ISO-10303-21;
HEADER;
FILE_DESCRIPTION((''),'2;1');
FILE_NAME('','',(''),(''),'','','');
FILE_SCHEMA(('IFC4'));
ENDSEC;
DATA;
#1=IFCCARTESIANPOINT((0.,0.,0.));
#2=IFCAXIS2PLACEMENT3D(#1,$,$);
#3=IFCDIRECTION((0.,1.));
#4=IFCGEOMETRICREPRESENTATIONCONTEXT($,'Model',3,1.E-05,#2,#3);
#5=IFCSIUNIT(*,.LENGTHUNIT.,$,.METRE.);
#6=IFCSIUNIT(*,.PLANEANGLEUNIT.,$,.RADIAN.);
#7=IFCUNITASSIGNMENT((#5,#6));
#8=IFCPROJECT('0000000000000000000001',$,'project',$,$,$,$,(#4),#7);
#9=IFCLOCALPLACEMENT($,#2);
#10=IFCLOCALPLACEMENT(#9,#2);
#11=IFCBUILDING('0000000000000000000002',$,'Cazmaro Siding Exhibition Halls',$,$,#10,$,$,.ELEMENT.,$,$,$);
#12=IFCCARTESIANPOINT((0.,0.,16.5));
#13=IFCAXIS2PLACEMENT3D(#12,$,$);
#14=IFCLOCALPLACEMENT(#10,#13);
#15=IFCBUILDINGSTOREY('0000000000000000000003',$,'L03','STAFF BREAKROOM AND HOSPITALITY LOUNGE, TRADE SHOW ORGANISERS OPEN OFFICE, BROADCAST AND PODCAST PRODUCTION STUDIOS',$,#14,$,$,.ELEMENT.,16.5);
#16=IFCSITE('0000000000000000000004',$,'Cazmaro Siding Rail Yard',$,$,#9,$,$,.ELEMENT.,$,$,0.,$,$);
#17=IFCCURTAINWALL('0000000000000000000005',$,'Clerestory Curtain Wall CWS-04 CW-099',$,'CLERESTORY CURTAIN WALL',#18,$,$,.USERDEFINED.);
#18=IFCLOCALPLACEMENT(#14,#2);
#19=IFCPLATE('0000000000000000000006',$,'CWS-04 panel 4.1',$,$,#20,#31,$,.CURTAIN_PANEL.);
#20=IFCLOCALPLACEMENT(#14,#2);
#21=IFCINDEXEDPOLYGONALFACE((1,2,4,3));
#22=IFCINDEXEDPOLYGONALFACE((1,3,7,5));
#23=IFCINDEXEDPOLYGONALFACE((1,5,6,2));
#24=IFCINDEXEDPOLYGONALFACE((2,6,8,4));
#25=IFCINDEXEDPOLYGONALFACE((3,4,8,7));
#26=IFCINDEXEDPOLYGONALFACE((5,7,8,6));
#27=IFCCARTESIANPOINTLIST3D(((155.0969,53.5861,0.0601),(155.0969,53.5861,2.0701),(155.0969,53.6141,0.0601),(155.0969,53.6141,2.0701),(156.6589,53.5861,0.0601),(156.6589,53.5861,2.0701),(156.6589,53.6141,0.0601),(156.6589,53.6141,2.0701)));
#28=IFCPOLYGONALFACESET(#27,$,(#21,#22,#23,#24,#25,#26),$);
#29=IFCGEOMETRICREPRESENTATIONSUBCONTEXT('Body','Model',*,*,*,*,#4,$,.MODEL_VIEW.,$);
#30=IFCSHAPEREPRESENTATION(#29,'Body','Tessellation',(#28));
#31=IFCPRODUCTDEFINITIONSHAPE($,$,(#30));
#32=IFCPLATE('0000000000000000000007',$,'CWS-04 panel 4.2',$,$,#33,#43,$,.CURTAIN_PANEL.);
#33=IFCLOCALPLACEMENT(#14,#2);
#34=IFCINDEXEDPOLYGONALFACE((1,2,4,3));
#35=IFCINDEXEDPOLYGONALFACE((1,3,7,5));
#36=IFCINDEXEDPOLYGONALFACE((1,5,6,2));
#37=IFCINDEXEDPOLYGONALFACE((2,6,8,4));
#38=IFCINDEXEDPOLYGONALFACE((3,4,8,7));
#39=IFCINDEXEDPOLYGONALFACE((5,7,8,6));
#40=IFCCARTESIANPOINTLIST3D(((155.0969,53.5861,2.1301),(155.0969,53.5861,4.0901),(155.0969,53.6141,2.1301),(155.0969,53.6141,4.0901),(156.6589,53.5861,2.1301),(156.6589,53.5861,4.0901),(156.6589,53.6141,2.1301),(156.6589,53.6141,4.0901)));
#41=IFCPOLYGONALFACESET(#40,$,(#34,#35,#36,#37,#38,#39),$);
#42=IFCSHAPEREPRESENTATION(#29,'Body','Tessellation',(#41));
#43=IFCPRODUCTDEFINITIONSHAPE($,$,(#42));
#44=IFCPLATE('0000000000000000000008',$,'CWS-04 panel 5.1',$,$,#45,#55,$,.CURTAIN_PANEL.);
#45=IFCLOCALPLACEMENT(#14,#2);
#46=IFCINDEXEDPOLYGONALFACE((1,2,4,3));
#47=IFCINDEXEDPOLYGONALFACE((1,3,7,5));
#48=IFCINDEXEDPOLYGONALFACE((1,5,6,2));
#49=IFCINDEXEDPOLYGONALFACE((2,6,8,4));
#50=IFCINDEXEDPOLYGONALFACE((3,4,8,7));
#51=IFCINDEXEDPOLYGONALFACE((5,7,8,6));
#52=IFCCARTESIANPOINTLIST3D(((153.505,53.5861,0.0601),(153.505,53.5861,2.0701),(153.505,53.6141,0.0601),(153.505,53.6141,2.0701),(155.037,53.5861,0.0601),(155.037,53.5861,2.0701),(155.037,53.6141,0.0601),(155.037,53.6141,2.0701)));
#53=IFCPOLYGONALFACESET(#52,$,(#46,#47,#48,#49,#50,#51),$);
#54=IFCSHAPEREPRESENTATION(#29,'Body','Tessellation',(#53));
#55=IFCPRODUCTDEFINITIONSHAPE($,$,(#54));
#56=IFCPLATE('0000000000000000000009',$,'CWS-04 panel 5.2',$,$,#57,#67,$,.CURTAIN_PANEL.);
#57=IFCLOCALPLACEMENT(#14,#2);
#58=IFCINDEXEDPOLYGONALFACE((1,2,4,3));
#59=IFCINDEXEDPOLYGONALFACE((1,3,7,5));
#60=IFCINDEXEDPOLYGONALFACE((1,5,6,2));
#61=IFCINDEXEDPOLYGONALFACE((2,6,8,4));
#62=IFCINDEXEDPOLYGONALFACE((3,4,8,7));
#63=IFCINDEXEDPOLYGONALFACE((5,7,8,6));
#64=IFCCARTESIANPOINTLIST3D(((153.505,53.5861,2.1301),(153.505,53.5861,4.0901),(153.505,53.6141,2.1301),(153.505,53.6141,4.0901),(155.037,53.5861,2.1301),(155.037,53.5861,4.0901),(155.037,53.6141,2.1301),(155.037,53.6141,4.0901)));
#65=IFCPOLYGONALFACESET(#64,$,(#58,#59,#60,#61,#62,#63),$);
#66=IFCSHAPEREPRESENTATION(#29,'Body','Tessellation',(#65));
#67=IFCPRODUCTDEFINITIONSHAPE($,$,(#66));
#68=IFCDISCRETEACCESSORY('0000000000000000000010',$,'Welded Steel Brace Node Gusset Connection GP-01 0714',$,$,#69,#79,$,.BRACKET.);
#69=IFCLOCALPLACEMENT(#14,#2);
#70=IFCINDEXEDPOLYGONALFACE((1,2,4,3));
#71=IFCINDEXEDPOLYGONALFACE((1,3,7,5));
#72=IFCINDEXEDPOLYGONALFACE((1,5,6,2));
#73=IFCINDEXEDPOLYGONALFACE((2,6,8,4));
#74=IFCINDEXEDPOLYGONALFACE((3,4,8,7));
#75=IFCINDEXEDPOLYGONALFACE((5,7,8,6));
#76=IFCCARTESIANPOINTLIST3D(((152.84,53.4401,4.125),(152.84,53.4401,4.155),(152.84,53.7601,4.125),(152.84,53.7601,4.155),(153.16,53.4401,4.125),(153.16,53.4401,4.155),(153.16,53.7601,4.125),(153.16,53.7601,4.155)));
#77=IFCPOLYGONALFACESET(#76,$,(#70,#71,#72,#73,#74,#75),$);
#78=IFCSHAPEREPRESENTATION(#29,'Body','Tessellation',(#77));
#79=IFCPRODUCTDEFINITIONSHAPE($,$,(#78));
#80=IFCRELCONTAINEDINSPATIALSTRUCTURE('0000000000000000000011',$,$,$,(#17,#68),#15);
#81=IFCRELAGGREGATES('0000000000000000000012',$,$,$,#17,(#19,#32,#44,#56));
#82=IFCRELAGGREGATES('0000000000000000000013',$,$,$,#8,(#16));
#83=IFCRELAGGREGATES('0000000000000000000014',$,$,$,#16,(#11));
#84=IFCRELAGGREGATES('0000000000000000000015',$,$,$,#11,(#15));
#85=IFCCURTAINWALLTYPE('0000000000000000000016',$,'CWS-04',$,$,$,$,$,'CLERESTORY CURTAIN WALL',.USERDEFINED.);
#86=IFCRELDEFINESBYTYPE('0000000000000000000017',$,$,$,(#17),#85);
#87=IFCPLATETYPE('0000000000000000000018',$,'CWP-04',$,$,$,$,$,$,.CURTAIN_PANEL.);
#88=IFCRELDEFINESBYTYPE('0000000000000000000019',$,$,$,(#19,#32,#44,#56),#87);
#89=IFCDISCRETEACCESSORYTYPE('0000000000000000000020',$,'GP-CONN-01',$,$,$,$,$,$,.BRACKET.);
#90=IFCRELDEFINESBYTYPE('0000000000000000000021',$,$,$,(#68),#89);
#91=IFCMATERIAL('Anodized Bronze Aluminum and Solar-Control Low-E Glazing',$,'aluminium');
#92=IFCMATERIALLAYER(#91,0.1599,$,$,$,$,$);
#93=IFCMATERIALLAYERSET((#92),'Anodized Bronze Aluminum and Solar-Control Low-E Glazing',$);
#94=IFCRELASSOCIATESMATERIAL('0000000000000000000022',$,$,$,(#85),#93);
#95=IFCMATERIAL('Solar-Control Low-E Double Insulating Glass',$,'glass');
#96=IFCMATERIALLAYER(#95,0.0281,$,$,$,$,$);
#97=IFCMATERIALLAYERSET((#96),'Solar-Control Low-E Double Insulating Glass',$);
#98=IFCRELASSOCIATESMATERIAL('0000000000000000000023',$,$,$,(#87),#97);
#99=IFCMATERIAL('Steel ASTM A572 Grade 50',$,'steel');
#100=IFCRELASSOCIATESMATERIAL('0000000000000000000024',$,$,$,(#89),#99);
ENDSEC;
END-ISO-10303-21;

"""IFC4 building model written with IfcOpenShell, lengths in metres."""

from ifc_helpers import new_model, si_unit, direction, frame, origin, origin_2d, place, context, subcontext, project, spatial, rectangle, extrude, material, layer, layer_set, type_object, element, aggregate, save


model = new_model("IFC4")

# Units and contexts
model_context = context("Model", 3, precision=1e-05, world=origin(), true_north=direction((0.0, 1.0)))
body_context = subcontext(model_context, "Body", "Model", "MODEL_VIEW")
ifc_project = project(units=[si_unit("LENGTHUNIT", "METRE"), si_unit("PLANEANGLEUNIT", "RADIAN")], contexts=[model_context])

# Site, building, storey
site_placement = place(None, origin())
site = spatial("IfcSite", under=ifc_project, at=site_placement, Name="Cazmaro Siding Rail Yard", CompositionType="ELEMENT", RefElevation=0.0)
building_placement = place(site_placement, origin())
building = spatial("IfcBuilding", under=site, at=building_placement, Name="Cazmaro Siding Exhibition Halls", CompositionType="ELEMENT")
storey_placement = place(building_placement, frame((0.0, 0.0, 16.5)))
storey = spatial("IfcBuildingStorey", under=building, at=storey_placement, Name="L03", Description="STAFF BREAKROOM AND HOSPITALITY LOUNGE, TRADE SHOW ORGANISERS OPEN OFFICE, BROADCAST AND PODCAST PRODUCTION STUDIOS", CompositionType="ELEMENT", Elevation=16.5)

# Curtain wall
ifc_material_1 = material(Name="Anodized Bronze Aluminum and Solar-Control Low-E Glazing", Category="aluminium")
ifc_layer_1 = layer(ifc_material_1, 0.1599)
ifc_layer_set_1 = layer_set([ifc_layer_1], Name="Anodized Bronze Aluminum and Solar-Control Low-E Glazing")
curtain_wall_type = type_object("IfcCurtainWallType", Name="CWS-04", ElementType="CLERESTORY CURTAIN WALL", PredefinedType="USERDEFINED", material=ifc_layer_set_1)
curtain_wall_placement = place(storey_placement, origin())
curtain_wall = element("IfcCurtainWall", 1, at=curtain_wall_placement, inside=storey, type_object=curtain_wall_type, Name="Clerestory Curtain Wall CWS-04 CW-099", ObjectType="CLERESTORY CURTAIN WALL", PredefinedType="USERDEFINED")

# Plates
ifc_material_2 = material(Name="Solar-Control Low-E Double Insulating Glass", Category="glass")
ifc_layer_2 = layer(ifc_material_2, 0.0281)
ifc_layer_set_2 = layer_set([ifc_layer_2], Name="Solar-Control Low-E Double Insulating Glass")
plate_type = type_object("IfcPlateType", Name="CWP-04", PredefinedType="CURTAIN_PANEL", material=ifc_layer_set_2)
plate_1_placement = place(storey_placement, frame((155.8779, 53.6001, 0.0601), z_axis=(0.0, 0.0, 1.0), x_axis=(-1.0, 0.0, 0.0)))
plate_1 = element("IfcPlate", 2, at=plate_1_placement, type_object=plate_type, Name="CWS-04 panel 4.1", PredefinedType="CURTAIN_PANEL", context=body_context, shape_type="SweptSolid", body=[
    extrude(rectangle(XDim=1.562, YDim=0.0281, at=origin_2d()), origin(), (0.0, 0.0, 1.0), 2.01),
])
plate_2_placement = place(storey_placement, frame((155.8779, 53.6001, 2.1301), z_axis=(0.0, 0.0, 1.0), x_axis=(-1.0, 0.0, 0.0)))
plate_2 = element("IfcPlate", 3, at=plate_2_placement, type_object=plate_type, Name="CWS-04 panel 4.2", PredefinedType="CURTAIN_PANEL", context=body_context, shape_type="SweptSolid", body=[
    extrude(rectangle(XDim=1.562, YDim=0.0281, at=origin_2d()), origin(), (0.0, 0.0, 1.0), 1.96),
])
plate_3_placement = place(storey_placement, frame((154.271, 53.6001, 0.0601), z_axis=(0.0, 0.0, 1.0), x_axis=(-1.0, 0.0, 0.0)))
plate_3 = element("IfcPlate", 4, at=plate_3_placement, type_object=plate_type, Name="CWS-04 panel 5.1", PredefinedType="CURTAIN_PANEL", context=body_context, shape_type="SweptSolid", body=[
    extrude(rectangle(XDim=1.532, YDim=0.0281, at=origin_2d()), origin(), (0.0, 0.0, 1.0), 2.01),
])
plate_4_placement = place(storey_placement, frame((154.271, 53.6001, 2.1301), z_axis=(0.0, 0.0, 1.0), x_axis=(-1.0, 0.0, 0.0)))
plate_4 = element("IfcPlate", 5, at=plate_4_placement, type_object=plate_type, Name="CWS-04 panel 5.2", PredefinedType="CURTAIN_PANEL", context=body_context, shape_type="SweptSolid", body=[
    extrude(rectangle(XDim=1.532, YDim=0.0281, at=origin_2d()), origin(), (0.0, 0.0, 1.0), 1.96),
])
aggregate(curtain_wall, [plate_1, plate_2, plate_3, plate_4])

# Discrete accessory
ifc_material_3 = material(Name="Steel ASTM A572 Grade 50", Category="steel")
discrete_accessory_type = type_object("IfcDiscreteAccessoryType", Name="GP-CONN-01", PredefinedType="BRACKET", material=ifc_material_3)
discrete_accessory_placement = place(storey_placement, frame((153.0, 53.6001, 4.125), z_axis=(0.0, 0.0, 1.0), x_axis=(1.0, 0.0, 0.0)))
element("IfcDiscreteAccessory", 6, at=discrete_accessory_placement, inside=storey, type_object=discrete_accessory_type, Name="Welded Steel Brace Node Gusset Connection GP-01 0714", PredefinedType="BRACKET", context=body_context, shape_type="SweptSolid", body=[
    extrude(rectangle(XDim=0.3201, YDim=0.3201, at=origin_2d()), origin(), (0.0, 0.0, 1.0), 0.03),
])

save(model, "model.ifc")
